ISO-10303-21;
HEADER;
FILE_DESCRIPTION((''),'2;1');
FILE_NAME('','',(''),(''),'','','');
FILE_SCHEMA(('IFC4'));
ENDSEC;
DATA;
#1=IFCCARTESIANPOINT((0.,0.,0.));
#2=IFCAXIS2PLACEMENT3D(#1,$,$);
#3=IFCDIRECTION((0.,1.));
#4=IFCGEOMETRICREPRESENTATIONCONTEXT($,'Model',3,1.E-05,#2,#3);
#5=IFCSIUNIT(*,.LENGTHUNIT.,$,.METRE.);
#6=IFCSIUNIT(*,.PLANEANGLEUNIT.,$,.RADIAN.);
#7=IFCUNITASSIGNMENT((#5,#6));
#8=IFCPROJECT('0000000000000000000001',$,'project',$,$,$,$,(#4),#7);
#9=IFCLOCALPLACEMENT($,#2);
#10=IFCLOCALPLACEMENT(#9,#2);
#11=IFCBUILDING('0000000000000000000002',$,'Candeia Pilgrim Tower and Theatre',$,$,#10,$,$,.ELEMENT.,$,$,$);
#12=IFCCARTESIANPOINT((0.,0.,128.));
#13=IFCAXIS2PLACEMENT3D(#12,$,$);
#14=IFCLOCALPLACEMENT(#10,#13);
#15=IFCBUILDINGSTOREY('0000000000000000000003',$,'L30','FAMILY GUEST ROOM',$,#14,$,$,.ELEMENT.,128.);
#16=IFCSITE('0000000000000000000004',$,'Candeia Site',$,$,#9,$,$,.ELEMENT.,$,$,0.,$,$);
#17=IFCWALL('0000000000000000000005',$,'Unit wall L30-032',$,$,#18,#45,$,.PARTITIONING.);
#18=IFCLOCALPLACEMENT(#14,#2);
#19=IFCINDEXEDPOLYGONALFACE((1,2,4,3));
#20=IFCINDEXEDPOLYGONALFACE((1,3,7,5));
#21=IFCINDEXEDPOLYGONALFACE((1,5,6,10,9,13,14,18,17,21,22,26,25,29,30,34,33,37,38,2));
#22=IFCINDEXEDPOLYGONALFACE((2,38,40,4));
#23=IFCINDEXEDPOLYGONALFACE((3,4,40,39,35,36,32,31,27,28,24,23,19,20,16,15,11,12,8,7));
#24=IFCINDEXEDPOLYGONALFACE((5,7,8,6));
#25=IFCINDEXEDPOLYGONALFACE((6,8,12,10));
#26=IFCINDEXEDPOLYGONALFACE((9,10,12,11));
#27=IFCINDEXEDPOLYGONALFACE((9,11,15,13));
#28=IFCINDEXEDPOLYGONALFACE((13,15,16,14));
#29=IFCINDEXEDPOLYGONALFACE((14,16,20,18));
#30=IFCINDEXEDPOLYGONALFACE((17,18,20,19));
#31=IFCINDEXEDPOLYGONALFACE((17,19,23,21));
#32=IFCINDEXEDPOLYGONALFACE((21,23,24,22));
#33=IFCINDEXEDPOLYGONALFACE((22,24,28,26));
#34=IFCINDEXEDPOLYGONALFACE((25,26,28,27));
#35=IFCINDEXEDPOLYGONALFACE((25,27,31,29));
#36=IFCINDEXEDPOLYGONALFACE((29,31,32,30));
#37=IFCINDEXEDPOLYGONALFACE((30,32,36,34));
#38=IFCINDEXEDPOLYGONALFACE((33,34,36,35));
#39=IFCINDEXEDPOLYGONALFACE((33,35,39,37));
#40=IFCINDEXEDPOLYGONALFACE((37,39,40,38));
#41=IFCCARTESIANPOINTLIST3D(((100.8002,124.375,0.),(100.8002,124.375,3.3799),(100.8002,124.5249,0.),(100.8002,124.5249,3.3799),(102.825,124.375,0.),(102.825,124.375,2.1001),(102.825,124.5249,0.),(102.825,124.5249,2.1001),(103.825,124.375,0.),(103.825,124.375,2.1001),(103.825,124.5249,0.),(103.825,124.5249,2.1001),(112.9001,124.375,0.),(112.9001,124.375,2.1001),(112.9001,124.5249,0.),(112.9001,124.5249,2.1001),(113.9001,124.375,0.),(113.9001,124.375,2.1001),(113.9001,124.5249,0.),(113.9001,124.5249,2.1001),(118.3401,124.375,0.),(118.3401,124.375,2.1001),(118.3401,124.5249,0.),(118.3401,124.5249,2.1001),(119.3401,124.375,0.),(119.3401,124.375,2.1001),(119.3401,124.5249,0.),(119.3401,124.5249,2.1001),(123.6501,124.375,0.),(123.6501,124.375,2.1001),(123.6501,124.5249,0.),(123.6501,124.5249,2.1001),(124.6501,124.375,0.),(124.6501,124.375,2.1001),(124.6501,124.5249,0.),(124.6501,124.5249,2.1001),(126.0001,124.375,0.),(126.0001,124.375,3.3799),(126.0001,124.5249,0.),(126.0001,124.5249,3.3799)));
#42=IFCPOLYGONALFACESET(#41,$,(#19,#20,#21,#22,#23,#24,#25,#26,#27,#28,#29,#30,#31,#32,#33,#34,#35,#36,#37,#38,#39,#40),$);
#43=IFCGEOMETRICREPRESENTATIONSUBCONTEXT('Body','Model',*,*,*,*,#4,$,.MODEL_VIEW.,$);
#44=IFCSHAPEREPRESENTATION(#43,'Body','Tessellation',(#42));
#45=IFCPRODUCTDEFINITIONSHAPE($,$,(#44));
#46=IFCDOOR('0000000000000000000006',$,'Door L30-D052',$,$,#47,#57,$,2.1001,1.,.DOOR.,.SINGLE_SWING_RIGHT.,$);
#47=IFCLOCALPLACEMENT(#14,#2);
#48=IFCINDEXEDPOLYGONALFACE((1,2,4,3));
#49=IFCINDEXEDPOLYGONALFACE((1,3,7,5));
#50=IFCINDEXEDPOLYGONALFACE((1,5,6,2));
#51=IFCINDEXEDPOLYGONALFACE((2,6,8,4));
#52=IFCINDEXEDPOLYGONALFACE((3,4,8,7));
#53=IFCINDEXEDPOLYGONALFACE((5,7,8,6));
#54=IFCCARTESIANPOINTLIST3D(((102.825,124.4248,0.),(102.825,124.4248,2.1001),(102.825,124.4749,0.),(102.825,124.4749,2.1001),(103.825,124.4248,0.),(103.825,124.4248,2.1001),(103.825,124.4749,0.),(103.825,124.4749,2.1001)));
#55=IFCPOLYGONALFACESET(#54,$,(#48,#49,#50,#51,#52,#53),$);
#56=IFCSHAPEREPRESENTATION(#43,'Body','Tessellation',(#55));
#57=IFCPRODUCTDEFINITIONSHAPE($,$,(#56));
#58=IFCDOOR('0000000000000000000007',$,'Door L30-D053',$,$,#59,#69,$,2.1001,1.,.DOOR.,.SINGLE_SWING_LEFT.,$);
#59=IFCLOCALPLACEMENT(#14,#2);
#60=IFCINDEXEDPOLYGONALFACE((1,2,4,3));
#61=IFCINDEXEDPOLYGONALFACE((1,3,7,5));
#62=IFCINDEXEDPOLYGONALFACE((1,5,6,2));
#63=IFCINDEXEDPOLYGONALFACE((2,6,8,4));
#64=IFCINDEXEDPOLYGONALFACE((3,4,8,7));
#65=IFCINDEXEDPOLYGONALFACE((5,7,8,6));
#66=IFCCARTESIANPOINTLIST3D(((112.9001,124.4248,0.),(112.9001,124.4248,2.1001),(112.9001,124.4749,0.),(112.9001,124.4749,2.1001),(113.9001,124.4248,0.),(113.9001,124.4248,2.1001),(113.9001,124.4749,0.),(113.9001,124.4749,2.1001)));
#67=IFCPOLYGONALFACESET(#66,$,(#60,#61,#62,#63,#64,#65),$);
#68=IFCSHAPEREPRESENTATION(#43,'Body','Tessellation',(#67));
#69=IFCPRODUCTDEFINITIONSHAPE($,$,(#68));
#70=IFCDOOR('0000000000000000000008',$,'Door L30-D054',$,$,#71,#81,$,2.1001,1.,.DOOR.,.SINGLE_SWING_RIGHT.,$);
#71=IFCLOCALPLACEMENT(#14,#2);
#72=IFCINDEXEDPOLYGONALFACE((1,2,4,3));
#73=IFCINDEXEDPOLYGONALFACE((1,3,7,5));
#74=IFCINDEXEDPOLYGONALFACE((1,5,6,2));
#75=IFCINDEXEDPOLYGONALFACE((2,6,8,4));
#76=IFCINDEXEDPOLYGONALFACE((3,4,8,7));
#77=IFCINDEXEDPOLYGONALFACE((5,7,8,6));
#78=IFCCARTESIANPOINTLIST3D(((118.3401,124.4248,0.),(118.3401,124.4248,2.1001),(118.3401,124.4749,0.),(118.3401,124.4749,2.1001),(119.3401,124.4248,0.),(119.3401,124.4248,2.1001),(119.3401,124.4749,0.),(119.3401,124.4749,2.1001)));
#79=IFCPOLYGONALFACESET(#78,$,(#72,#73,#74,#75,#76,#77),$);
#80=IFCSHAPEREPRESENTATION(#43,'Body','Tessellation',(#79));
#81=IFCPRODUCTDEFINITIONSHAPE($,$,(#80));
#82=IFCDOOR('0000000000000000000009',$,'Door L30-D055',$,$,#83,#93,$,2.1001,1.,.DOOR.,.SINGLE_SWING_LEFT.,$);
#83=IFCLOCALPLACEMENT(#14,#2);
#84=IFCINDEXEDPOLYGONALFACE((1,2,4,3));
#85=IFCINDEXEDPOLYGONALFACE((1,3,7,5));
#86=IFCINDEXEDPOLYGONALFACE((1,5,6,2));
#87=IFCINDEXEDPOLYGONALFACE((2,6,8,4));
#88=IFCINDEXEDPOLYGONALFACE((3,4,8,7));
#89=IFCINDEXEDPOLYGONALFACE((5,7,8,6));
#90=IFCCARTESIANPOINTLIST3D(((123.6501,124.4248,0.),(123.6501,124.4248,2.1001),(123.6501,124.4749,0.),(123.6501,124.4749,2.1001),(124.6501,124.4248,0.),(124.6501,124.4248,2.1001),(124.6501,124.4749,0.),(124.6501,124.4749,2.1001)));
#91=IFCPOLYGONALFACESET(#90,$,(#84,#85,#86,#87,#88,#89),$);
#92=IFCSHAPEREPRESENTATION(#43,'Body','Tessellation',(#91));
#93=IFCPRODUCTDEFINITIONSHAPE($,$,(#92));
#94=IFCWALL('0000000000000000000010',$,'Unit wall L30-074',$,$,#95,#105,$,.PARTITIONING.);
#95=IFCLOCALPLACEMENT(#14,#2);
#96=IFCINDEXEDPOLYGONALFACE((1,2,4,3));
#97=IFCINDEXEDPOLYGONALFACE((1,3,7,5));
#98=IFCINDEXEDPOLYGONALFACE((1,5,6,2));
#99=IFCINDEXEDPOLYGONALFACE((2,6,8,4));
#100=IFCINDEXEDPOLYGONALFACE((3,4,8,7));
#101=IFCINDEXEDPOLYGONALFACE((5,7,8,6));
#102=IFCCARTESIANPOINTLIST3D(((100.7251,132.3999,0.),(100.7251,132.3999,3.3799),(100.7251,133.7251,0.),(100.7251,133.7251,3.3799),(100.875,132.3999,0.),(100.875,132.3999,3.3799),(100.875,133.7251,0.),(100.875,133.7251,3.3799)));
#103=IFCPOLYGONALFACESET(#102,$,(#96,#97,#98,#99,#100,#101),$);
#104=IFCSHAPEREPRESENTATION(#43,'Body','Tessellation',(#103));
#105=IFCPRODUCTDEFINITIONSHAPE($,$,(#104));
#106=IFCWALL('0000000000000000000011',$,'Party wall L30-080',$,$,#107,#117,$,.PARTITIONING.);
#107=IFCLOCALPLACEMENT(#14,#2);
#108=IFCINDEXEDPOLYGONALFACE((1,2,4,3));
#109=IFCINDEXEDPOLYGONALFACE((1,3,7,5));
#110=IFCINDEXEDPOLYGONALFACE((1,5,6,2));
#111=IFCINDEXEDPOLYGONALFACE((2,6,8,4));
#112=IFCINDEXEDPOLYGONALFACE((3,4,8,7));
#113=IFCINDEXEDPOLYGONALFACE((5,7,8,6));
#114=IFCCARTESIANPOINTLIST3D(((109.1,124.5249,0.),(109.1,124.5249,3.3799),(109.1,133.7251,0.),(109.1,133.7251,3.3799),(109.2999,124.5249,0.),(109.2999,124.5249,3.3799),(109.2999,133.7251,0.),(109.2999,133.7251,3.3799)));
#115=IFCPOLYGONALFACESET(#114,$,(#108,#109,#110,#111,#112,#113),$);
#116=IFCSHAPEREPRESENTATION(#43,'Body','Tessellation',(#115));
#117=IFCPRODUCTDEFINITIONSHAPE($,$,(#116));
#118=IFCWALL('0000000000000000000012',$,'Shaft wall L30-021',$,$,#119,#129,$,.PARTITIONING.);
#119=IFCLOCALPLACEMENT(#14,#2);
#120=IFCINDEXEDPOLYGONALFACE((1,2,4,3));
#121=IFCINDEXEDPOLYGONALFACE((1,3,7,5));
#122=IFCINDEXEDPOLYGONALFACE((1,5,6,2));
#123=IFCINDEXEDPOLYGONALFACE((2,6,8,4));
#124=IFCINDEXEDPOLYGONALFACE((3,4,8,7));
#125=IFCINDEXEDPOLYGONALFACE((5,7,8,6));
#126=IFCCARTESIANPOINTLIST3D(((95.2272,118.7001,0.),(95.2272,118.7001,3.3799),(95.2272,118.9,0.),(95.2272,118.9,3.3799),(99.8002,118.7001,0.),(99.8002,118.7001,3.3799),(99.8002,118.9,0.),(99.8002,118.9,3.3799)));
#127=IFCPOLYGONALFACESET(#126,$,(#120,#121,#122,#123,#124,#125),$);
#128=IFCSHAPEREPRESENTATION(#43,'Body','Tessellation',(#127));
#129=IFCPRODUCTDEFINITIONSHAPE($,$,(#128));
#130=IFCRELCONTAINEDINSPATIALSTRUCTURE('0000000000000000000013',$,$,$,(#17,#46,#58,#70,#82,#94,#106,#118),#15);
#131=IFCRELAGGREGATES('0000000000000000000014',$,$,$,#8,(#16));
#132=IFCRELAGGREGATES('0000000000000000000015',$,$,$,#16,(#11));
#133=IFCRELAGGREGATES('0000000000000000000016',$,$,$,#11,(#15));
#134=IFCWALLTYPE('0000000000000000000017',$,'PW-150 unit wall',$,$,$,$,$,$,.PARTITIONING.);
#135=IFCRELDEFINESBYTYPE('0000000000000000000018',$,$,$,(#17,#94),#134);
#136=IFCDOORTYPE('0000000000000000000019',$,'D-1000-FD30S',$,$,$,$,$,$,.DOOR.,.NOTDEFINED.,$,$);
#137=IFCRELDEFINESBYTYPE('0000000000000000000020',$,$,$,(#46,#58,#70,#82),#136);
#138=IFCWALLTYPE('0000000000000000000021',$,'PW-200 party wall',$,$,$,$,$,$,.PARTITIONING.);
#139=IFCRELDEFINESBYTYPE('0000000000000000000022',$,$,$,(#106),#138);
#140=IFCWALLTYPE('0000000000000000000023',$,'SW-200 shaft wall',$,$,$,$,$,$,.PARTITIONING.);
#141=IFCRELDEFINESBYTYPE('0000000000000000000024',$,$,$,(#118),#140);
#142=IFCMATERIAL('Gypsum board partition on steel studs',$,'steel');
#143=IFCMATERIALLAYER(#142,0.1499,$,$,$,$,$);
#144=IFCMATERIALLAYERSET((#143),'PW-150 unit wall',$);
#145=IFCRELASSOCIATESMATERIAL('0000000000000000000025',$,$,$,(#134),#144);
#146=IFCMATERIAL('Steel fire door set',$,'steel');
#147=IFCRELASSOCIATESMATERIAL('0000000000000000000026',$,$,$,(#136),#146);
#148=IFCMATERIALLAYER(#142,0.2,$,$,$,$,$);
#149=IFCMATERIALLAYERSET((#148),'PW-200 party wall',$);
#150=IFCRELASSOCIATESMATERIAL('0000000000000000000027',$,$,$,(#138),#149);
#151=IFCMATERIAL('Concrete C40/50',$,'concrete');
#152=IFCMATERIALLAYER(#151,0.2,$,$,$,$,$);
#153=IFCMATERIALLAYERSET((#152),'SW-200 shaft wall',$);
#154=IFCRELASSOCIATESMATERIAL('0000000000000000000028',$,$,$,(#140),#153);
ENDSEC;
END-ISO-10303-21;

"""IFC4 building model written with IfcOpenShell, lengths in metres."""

from ifc_helpers import new_model, si_unit, direction, frame, frame_2d, origin, place, context, subcontext, project, spatial, rectangle, extrude, material, layer, layer_set, type_object, element, fill, save


model = new_model("IFC4")

# Units and contexts
model_context = context("Model", 3, precision=1e-05, world=origin(), true_north=direction((0.0, 1.0)))
body_context = subcontext(model_context, "Body", "Model", "MODEL_VIEW")
ifc_project = project(units=[si_unit("LENGTHUNIT", "METRE"), si_unit("PLANEANGLEUNIT", "RADIAN")], contexts=[model_context])

# Site, building, storey
site_placement = place(None, origin())
site = spatial("IfcSite", under=ifc_project, at=site_placement, Name="Candeia Site", CompositionType="ELEMENT", RefElevation=0.0)
building_placement = place(site_placement, origin())
building = spatial("IfcBuilding", under=site, at=building_placement, Name="Candeia Pilgrim Tower and Theatre", CompositionType="ELEMENT")
storey_placement = place(building_placement, frame((0.0, 0.0, 128.0)))
storey = spatial("IfcBuildingStorey", under=building, at=storey_placement, Name="L30", Description="FAMILY GUEST ROOM", CompositionType="ELEMENT", Elevation=128.0)

# Shared definitions
ifc_material_1 = material(Name="Steel fire door set", Category="steel")
ifc_material_2 = material(Name="Gypsum board partition on steel studs", Category="steel")

# Shared definitions
ifc_layer_1 = layer(ifc_material_2, 0.1499)
ifc_layer_set_1 = layer_set([ifc_layer_1], Name="PW-150 unit wall")
wall_type_1 = type_object("IfcWallType", Name="PW-150 unit wall", PredefinedType="PARTITIONING", material=ifc_layer_set_1)

# Wall, openings, doors
wall_1_placement = place(storey_placement, frame((100.8, 124.45, 0.0), z_axis=(0.0, 0.0, 1.0), x_axis=(1.0, 0.0, 0.0)))
wall_1 = element("IfcWall", 1, at=wall_1_placement, inside=storey, type_object=wall_type_1, Name="Unit wall L30-032", PredefinedType="PARTITIONING", context=body_context, shape_type="SweptSolid", body=[
    extrude(rectangle(XDim=25.2, YDim=0.1499, at=frame_2d((12.6001, 0.0))), origin(), (0.0, 0.0, 1.0), 3.3799),
])
opening_1_placement = place(wall_1_placement, frame((2.0249, 0.0, 0.0)))
opening_1 = element("IfcOpeningElement", 2, at=opening_1_placement, cuts=wall_1, PredefinedType="OPENING", context=body_context, shape_type="SweptSolid", body=[
    extrude(rectangle(XDim=1.0, YDim=2.1001, at=frame_2d((0.5, 1.05))), frame((0.0, 0.085, 0.0), z_axis=(0.0, -1.0, 0.0), x_axis=(1.0, 0.0, 0.0)), (0.0, 0.0, 1.0), 0.1699),
])
opening_2_placement = place(wall_1_placement, frame((12.1001, 0.0, 0.0)))
opening_2 = element("IfcOpeningElement", 3, at=opening_2_placement, cuts=wall_1, PredefinedType="OPENING", context=body_context, shape_type="SweptSolid", body=[
    extrude(rectangle(XDim=1.0, YDim=2.1001, at=frame_2d((0.5, 1.05))), frame((0.0, 0.085, 0.0), z_axis=(0.0, -1.0, 0.0), x_axis=(1.0, 0.0, 0.0)), (0.0, 0.0, 1.0), 0.1699),
])
opening_3_placement = place(wall_1_placement, frame((17.54, 0.0, 0.0)))
opening_3 = element("IfcOpeningElement", 4, at=opening_3_placement, cuts=wall_1, PredefinedType="OPENING", context=body_context, shape_type="SweptSolid", body=[
    extrude(rectangle(XDim=1.0, YDim=2.1001, at=frame_2d((0.5, 1.05))), frame((0.0, 0.085, 0.0), z_axis=(0.0, -1.0, 0.0), x_axis=(1.0, 0.0, 0.0)), (0.0, 0.0, 1.0), 0.1699),
])
opening_4_placement = place(wall_1_placement, frame((22.8501, 0.0, 0.0)))
opening_4 = element("IfcOpeningElement", 5, at=opening_4_placement, cuts=wall_1, PredefinedType="OPENING", context=body_context, shape_type="SweptSolid", body=[
    extrude(rectangle(XDim=1.0, YDim=2.1001, at=frame_2d((0.5, 1.05))), frame((0.0, 0.085, 0.0), z_axis=(0.0, -1.0, 0.0), x_axis=(1.0, 0.0, 0.0)), (0.0, 0.0, 1.0), 0.1699),
])
door_type_1 = type_object("IfcDoorType", Name="D-1000-FD30S", OperationType="NOTDEFINED", PredefinedType="DOOR", material=ifc_material_1)
door_1_placement = place(opening_1_placement, origin())
door_1 = element("IfcDoor", 6, at=door_1_placement, inside=storey, type_object=door_type_1, Name="Door L30-D052", OperationType="SINGLE_SWING_RIGHT", OverallHeight=2.1001, OverallWidth=1.0, PredefinedType="DOOR", context=body_context, shape_type="SweptSolid", body=[
    extrude(rectangle(XDim=1.0, YDim=2.1001, at=frame_2d((0.5, 1.05))), frame((0.0, 0.0249, 0.0), z_axis=(0.0, -1.0, 0.0), x_axis=(1.0, 0.0, 0.0)), (0.0, 0.0, 1.0), 0.05),
])
fill(opening_1, door_1)
door_2_placement = place(opening_2_placement, origin())
door_2 = element("IfcDoor", 7, at=door_2_placement, inside=storey, type_object=door_type_1, Name="Door L30-D053", OperationType="SINGLE_SWING_LEFT", OverallHeight=2.1001, OverallWidth=1.0, PredefinedType="DOOR", context=body_context, shape_type="SweptSolid", body=[
    extrude(rectangle(XDim=1.0, YDim=2.1001, at=frame_2d((0.5, 1.05))), frame((0.0, 0.0249, 0.0), z_axis=(0.0, -1.0, 0.0), x_axis=(1.0, 0.0, 0.0)), (0.0, 0.0, 1.0), 0.05),
])
fill(opening_2, door_2)
door_3_placement = place(opening_3_placement, origin())
door_3 = element("IfcDoor", 8, at=door_3_placement, inside=storey, type_object=door_type_1, Name="Door L30-D054", OperationType="SINGLE_SWING_RIGHT", OverallHeight=2.1001, OverallWidth=1.0, PredefinedType="DOOR", context=body_context, shape_type="SweptSolid", body=[
    extrude(rectangle(XDim=1.0, YDim=2.1001, at=frame_2d((0.5, 1.05))), frame((0.0, 0.0249, 0.0), z_axis=(0.0, -1.0, 0.0), x_axis=(1.0, 0.0, 0.0)), (0.0, 0.0, 1.0), 0.05),
])
fill(opening_3, door_3)
door_4_placement = place(opening_4_placement, origin())
door_4 = element("IfcDoor", 9, at=door_4_placement, inside=storey, type_object=door_type_1, Name="Door L30-D055", OperationType="SINGLE_SWING_LEFT", OverallHeight=2.1001, OverallWidth=1.0, PredefinedType="DOOR", context=body_context, shape_type="SweptSolid", body=[
    extrude(rectangle(XDim=1.0, YDim=2.1001, at=frame_2d((0.5, 1.05))), frame((0.0, 0.0249, 0.0), z_axis=(0.0, -1.0, 0.0), x_axis=(1.0, 0.0, 0.0)), (0.0, 0.0, 1.0), 0.05),
])
fill(opening_4, door_4)

# Walls
wall_2_placement = place(storey_placement, frame((100.8, 132.3999, 0.0), z_axis=(0.0, 0.0, 1.0), x_axis=(0.0, 1.0, 0.0)))
element("IfcWall", 10, at=wall_2_placement, inside=storey, type_object=wall_type_1, Name="Unit wall L30-074", PredefinedType="PARTITIONING", context=body_context, shape_type="SweptSolid", body=[
    extrude(rectangle(XDim=1.3252, YDim=0.1499, at=frame_2d((0.6626, 0.0))), origin(), (0.0, 0.0, 1.0), 3.3799),
])
ifc_layer_2 = layer(ifc_material_2, 0.2)
ifc_layer_set_2 = layer_set([ifc_layer_2], Name="PW-200 party wall")
wall_type_2 = type_object("IfcWallType", Name="PW-200 party wall", PredefinedType="PARTITIONING", material=ifc_layer_set_2)
wall_3_placement = place(storey_placement, frame((109.2, 124.5249, 0.0), z_axis=(0.0, 0.0, 1.0), x_axis=(0.0, 1.0, 0.0)))
element("IfcWall", 11, at=wall_3_placement, inside=storey, type_object=wall_type_2, Name="Party wall L30-080", PredefinedType="PARTITIONING", context=body_context, shape_type="SweptSolid", body=[
    extrude(rectangle(XDim=9.2002, YDim=0.2, at=frame_2d((4.6001, 0.0))), origin(), (0.0, 0.0, 1.0), 3.3799),
])
ifc_material_3 = material(Name="Concrete C40/50", Category="concrete")
ifc_layer_3 = layer(ifc_material_3, 0.2)
ifc_layer_set_3 = layer_set([ifc_layer_3], Name="SW-200 shaft wall")
wall_type_3 = type_object("IfcWallType", Name="SW-200 shaft wall", PredefinedType="PARTITIONING", material=ifc_layer_set_3)
wall_4_placement = place(storey_placement, frame((95.2271, 118.8, 0.0), z_axis=(0.0, 0.0, 1.0), x_axis=(1.0, 0.0, 0.0)))
element("IfcWall", 12, at=wall_4_placement, inside=storey, type_object=wall_type_3, Name="Shaft wall L30-021", PredefinedType="PARTITIONING", context=body_context, shape_type="SweptSolid", body=[
    extrude(rectangle(XDim=4.573, YDim=0.2, at=frame_2d((2.2866, 0.0))), origin(), (0.0, 0.0, 1.0), 3.3799),
])

save(model, "model.ifc")
